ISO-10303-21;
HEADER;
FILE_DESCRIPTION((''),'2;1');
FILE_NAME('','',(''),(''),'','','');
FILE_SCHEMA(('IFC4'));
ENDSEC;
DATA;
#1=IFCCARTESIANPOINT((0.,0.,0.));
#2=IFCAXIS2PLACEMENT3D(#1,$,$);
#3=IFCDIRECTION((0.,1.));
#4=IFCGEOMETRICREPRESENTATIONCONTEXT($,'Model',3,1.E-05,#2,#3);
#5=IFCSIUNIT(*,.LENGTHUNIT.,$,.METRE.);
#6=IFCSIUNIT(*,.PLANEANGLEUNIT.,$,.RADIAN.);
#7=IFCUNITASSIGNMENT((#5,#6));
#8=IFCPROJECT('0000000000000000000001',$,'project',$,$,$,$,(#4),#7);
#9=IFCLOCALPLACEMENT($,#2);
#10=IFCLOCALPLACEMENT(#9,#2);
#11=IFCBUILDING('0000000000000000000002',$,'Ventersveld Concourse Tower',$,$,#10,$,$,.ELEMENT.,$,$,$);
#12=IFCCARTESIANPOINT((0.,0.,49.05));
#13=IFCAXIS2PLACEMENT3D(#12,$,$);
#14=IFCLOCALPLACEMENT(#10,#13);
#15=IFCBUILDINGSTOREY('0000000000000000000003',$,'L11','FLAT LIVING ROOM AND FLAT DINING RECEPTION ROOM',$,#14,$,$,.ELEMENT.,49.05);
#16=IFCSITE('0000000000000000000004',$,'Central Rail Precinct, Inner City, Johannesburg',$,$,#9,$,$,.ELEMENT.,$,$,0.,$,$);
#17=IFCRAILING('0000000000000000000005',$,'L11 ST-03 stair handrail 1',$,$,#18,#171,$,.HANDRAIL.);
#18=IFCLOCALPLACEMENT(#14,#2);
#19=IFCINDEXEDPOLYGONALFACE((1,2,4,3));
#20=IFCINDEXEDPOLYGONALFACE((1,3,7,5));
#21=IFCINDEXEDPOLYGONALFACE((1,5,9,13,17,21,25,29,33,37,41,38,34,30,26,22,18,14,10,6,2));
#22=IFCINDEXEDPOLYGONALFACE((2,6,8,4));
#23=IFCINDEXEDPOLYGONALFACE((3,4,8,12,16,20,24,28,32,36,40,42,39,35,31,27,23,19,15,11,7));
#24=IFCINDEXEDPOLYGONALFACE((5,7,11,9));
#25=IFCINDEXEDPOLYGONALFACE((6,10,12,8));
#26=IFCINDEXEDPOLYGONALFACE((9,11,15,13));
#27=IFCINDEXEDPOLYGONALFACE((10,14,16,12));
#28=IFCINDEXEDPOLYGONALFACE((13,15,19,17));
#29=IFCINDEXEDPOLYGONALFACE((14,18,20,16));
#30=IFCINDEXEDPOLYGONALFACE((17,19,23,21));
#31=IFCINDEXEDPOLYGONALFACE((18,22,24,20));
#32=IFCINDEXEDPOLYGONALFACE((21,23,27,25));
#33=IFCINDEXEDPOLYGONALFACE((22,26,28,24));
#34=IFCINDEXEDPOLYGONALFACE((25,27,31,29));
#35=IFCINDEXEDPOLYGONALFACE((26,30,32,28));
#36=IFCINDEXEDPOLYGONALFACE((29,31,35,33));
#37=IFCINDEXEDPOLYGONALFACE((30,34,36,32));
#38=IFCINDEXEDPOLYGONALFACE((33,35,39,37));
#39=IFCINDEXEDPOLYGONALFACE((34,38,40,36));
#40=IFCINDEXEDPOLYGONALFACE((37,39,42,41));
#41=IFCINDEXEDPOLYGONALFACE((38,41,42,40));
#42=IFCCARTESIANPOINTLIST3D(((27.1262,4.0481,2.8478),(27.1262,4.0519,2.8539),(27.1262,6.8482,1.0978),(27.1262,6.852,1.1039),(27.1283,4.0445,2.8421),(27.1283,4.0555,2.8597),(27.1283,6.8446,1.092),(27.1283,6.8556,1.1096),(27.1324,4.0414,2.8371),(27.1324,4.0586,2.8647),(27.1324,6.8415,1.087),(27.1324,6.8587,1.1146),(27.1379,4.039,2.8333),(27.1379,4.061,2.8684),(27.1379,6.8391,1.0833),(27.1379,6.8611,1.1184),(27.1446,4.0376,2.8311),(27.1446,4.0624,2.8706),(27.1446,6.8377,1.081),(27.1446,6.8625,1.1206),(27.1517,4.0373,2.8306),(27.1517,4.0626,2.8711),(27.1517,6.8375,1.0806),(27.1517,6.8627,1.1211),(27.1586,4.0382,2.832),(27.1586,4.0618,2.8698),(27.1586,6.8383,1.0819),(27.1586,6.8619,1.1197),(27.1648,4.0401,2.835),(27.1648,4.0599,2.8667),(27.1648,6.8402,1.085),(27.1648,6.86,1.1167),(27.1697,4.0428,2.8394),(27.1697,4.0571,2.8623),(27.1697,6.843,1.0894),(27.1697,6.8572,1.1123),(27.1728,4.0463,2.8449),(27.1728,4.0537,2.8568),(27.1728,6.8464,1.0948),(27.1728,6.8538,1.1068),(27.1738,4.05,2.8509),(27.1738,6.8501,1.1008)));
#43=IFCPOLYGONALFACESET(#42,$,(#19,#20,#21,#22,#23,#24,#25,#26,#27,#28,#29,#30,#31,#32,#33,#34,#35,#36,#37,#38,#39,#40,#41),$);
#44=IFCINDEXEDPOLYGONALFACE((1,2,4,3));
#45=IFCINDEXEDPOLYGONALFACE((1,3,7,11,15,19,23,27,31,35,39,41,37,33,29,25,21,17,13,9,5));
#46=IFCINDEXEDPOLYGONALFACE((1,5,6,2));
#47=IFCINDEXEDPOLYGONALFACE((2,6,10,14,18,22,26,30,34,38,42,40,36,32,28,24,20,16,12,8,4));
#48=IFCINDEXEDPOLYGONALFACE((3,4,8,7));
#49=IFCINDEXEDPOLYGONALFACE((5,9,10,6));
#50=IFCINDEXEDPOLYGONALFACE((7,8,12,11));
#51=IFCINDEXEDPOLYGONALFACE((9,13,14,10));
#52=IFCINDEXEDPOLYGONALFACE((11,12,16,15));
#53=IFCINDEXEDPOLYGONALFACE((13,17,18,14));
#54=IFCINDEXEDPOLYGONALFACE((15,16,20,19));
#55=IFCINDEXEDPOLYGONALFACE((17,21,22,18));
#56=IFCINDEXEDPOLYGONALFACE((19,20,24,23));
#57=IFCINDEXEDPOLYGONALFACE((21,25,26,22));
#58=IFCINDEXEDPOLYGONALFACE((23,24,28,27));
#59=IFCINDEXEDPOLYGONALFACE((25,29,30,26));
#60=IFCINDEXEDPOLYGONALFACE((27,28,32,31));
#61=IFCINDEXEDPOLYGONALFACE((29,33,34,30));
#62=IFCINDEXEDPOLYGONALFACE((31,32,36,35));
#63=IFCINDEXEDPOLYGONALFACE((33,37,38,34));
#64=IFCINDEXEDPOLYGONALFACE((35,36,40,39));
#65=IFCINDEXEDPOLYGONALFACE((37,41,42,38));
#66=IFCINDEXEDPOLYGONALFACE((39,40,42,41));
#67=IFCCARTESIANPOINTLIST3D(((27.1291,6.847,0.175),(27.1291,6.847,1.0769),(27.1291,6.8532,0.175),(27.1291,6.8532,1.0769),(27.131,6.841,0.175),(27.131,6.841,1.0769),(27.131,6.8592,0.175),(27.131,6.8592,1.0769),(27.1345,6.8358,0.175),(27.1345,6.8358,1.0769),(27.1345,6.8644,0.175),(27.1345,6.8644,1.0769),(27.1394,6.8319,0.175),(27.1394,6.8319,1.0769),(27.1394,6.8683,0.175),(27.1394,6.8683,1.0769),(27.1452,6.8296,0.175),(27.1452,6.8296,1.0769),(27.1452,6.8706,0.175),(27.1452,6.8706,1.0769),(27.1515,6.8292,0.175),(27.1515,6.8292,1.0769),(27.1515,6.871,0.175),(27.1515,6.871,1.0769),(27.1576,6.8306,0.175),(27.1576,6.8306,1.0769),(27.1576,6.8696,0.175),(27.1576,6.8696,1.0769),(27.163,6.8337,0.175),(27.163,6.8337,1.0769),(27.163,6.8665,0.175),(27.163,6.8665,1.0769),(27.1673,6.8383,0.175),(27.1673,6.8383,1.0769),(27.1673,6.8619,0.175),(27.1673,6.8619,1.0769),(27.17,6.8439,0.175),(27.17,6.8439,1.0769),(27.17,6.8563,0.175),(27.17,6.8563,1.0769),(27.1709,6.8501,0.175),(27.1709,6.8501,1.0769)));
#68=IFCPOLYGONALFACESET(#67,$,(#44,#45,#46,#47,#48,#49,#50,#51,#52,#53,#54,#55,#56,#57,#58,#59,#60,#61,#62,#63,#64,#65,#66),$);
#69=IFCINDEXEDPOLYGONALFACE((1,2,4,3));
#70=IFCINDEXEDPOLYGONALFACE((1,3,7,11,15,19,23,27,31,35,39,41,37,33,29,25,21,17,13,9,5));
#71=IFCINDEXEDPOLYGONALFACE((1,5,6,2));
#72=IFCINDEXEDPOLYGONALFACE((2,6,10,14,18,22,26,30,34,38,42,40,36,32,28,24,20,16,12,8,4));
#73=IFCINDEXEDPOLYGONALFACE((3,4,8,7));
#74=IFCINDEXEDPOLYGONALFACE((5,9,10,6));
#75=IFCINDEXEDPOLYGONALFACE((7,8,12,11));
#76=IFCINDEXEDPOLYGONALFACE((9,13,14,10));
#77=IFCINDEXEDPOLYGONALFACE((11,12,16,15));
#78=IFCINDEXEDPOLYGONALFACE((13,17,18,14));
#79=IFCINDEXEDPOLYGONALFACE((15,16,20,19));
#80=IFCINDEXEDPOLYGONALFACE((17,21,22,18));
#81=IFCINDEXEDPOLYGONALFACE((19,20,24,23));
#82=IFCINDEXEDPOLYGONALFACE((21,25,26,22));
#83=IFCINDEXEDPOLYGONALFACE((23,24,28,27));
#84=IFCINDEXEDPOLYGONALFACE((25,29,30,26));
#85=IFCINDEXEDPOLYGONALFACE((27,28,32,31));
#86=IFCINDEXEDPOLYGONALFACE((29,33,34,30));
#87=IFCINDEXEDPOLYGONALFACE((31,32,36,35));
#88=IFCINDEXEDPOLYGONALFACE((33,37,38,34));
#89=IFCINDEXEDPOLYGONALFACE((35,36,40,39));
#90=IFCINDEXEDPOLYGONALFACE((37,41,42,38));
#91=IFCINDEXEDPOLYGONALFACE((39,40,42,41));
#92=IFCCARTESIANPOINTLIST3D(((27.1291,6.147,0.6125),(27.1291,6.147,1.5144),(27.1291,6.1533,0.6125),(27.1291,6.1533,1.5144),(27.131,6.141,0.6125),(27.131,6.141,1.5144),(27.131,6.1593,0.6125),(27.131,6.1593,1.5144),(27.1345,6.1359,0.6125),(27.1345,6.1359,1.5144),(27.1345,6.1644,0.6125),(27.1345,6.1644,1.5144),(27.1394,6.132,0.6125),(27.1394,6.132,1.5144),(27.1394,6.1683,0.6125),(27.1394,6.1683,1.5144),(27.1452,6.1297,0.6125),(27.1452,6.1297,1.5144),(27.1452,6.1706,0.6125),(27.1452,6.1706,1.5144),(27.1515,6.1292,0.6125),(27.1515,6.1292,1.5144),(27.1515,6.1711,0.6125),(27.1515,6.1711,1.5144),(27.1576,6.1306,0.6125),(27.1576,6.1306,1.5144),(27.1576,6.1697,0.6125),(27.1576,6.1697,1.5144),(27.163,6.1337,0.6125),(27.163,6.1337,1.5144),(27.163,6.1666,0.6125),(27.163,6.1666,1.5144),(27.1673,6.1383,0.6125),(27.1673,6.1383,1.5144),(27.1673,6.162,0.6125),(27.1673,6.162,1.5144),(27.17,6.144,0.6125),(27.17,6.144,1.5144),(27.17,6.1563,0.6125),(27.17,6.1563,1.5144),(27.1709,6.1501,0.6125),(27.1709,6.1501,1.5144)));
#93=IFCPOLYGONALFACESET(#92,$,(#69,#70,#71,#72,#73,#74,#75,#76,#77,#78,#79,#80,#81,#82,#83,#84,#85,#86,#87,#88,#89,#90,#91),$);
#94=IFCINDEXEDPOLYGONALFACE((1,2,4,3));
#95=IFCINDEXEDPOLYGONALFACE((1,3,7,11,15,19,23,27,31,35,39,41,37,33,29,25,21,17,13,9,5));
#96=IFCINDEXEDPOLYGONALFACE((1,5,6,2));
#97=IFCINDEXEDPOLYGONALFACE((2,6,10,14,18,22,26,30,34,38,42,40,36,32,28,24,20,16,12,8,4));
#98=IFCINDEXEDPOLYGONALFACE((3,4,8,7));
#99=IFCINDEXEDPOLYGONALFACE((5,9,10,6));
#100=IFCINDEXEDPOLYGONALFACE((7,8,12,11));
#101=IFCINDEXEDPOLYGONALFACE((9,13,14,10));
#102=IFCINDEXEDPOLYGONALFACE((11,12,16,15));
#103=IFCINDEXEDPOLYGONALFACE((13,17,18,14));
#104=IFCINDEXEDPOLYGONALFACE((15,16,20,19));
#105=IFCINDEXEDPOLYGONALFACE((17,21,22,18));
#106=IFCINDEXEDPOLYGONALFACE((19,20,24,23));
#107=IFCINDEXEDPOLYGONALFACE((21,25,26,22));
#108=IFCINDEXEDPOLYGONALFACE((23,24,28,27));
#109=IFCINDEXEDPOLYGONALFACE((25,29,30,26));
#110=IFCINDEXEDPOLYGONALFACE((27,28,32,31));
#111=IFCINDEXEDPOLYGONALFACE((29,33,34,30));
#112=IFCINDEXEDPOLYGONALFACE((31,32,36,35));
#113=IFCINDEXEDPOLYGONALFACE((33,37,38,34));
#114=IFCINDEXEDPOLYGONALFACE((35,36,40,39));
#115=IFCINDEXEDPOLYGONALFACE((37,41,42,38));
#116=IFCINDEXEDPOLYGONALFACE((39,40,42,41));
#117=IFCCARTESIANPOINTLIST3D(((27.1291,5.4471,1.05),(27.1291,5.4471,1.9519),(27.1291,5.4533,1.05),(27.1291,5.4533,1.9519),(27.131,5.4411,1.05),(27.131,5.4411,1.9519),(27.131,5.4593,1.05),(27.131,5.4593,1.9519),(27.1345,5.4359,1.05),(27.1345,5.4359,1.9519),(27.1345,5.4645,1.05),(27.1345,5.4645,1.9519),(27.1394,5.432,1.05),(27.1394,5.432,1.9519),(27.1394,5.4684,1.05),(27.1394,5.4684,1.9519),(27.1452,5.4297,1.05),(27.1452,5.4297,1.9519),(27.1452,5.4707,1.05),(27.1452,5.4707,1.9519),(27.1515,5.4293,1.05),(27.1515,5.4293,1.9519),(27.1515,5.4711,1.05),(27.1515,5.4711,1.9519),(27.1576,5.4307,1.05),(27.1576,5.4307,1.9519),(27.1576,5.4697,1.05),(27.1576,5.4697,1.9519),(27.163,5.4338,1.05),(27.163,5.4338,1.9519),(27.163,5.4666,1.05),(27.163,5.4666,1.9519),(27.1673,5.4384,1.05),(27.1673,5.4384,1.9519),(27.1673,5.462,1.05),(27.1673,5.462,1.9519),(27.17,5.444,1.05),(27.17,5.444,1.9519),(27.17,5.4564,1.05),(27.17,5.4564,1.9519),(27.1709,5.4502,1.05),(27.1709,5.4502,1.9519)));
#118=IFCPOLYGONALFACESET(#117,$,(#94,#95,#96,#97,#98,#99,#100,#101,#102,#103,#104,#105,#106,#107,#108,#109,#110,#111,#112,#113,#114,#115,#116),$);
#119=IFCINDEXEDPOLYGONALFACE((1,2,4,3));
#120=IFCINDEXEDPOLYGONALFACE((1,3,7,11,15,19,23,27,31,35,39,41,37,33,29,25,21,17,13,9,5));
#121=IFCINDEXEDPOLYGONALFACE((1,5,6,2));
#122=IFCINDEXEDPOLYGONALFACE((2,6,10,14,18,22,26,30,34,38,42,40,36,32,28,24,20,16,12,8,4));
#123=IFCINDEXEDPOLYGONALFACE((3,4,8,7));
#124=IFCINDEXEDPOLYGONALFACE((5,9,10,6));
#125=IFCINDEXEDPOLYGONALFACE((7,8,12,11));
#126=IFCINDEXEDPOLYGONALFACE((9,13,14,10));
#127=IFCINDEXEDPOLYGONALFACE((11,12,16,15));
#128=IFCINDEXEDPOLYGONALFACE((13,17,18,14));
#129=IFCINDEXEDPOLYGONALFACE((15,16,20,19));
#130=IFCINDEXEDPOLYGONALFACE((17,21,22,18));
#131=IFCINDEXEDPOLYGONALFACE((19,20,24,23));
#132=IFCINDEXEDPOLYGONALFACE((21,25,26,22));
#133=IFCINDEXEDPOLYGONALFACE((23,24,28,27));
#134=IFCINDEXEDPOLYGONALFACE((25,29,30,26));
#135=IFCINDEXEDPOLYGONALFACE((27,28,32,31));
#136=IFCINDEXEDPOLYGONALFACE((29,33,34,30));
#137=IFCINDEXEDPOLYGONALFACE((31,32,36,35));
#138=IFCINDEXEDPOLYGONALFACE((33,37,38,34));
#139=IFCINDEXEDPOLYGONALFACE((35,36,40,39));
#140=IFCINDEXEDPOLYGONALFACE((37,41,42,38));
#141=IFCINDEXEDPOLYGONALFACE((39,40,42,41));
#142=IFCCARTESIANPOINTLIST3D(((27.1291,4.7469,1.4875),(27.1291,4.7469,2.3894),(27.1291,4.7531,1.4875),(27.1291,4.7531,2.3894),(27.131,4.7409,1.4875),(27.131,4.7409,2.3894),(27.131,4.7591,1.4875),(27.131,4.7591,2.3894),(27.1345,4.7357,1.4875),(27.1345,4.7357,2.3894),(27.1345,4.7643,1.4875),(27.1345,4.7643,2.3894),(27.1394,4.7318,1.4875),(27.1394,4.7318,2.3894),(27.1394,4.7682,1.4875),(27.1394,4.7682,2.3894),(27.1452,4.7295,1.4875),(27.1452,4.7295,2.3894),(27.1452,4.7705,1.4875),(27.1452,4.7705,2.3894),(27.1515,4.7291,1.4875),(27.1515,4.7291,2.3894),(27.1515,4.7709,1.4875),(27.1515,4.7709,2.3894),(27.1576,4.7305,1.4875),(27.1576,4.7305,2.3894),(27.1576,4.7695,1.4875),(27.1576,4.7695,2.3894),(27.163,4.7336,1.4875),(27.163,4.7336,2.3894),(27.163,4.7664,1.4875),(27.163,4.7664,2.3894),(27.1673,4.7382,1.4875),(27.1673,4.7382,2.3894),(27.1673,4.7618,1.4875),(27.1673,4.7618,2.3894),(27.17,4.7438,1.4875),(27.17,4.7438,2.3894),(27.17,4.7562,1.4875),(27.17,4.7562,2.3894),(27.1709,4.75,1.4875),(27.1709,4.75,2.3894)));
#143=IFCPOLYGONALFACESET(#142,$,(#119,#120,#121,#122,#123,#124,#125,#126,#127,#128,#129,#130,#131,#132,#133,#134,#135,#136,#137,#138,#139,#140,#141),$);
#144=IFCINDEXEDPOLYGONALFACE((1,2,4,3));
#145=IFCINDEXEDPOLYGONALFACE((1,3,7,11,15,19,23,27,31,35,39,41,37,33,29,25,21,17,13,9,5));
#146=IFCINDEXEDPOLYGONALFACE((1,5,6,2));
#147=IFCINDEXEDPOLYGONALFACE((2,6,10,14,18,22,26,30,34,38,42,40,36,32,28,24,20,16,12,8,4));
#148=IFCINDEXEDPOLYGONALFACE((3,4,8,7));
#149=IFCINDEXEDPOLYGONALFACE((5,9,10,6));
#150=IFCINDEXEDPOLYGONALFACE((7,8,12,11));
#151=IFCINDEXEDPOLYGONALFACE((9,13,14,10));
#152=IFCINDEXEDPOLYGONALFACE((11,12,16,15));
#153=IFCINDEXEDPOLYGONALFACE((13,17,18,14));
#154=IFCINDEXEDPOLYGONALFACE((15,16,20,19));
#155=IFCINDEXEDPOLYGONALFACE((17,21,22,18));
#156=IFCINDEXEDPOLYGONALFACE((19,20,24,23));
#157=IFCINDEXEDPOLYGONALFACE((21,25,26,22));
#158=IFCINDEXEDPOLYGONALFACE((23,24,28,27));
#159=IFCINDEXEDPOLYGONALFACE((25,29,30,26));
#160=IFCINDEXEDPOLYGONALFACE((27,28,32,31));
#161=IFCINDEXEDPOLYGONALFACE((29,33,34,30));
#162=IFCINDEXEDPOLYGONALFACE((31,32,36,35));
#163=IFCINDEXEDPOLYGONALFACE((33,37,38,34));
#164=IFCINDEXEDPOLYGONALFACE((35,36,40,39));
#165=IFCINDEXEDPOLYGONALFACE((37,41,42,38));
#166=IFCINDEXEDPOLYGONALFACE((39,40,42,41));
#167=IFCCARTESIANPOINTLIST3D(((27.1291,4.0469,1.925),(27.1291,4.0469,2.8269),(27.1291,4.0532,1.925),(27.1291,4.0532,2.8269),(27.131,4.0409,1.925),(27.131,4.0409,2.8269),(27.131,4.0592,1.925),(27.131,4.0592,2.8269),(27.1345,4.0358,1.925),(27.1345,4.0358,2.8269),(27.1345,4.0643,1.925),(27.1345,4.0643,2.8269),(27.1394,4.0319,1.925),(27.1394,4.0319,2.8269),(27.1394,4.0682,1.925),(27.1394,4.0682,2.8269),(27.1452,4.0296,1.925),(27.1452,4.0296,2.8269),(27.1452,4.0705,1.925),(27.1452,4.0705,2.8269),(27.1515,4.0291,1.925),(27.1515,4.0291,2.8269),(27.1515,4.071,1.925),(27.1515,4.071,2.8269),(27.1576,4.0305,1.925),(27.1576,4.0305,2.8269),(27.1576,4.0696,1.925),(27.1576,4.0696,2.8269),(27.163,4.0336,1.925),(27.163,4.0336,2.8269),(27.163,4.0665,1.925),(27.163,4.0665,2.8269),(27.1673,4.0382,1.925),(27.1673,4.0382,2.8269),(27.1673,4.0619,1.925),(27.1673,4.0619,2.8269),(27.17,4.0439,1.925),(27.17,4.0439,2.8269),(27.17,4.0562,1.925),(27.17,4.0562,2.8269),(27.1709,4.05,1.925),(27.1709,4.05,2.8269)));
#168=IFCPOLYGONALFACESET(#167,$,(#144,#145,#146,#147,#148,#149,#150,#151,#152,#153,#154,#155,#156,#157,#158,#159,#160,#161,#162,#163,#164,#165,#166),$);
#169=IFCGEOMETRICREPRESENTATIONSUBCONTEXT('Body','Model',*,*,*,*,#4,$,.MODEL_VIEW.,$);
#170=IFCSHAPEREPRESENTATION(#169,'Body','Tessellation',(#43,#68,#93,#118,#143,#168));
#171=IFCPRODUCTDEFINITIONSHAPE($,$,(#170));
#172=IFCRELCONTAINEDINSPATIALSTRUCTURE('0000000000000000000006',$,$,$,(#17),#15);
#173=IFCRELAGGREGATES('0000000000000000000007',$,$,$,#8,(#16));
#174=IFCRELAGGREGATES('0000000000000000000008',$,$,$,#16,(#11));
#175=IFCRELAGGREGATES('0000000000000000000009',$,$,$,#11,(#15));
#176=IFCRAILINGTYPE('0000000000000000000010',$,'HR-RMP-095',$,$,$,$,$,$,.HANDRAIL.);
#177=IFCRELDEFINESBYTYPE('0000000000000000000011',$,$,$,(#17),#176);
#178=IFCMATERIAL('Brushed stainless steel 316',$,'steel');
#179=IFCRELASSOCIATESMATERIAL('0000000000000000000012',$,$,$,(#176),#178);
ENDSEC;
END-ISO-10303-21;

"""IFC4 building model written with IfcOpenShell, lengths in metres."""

from ifc_helpers import new_model, si_unit, direction, frame, origin, origin_2d, place, context, subcontext, project, spatial, circle, extrude, material, type_object, element, save


model = new_model("IFC4")

# Units and contexts
model_context = context("Model", 3, precision=1e-05, world=origin(), true_north=direction((0.0, 1.0)))
body_context = subcontext(model_context, "Body", "Model", "MODEL_VIEW")
ifc_project = project(units=[si_unit("LENGTHUNIT", "METRE"), si_unit("PLANEANGLEUNIT", "RADIAN")], contexts=[model_context])

# Site, building, storey
site_placement = place(None, origin())
site = spatial("IfcSite", under=ifc_project, at=site_placement, Name="Central Rail Precinct, Inner City, Johannesburg", CompositionType="ELEMENT", RefElevation=0.0)
building_placement = place(site_placement, origin())
building = spatial("IfcBuilding", under=site, at=building_placement, Name="Ventersveld Concourse Tower", CompositionType="ELEMENT")
storey_placement = place(building_placement, frame((0.0, 0.0, 49.05)))
storey = spatial("IfcBuildingStorey", under=building, at=storey_placement, Name="L11", Description="FLAT LIVING ROOM AND FLAT DINING RECEPTION ROOM", CompositionType="ELEMENT", Elevation=49.05)

# Shared definitions
ifc_material_1 = material(Name="Brushed stainless steel 316", Category="steel")

# Railing
railing_type_1 = type_object("IfcRailingType", Name="HR-RMP-095", PredefinedType="HANDRAIL", material=ifc_material_1)
railing_1_placement = place(storey_placement, frame((27.1499, 6.8501, 0.175)))
element("IfcRailing", 1, at=railing_1_placement, inside=storey, type_object=railing_type_1, Name="L11 ST-03 stair handrail 1", PredefinedType="HANDRAIL", context=body_context, shape_type="SweptSolid", body=[
    extrude(circle(Radius=0.0239, at=origin_2d()), frame((0.0, 0.0, 0.9258), z_axis=(0.0, -0.848002, 0.529992), x_axis=(1.0, 0.0, 0.0)), (0.0, 0.0, 1.0), 3.302),
    extrude(circle(Radius=0.021, at=origin_2d()), origin(), (0.0, 0.0, 1.0), 0.9019),
    extrude(circle(Radius=0.021, at=origin_2d()), frame((0.0, -0.7, 0.4375)), (0.0, 0.0, 1.0), 0.9019),
    extrude(circle(Radius=0.021, at=origin_2d()), frame((0.0, -1.3999, 0.875)), (0.0, 0.0, 1.0), 0.9019),
    extrude(circle(Radius=0.021, at=origin_2d()), frame((0.0, -2.1001, 1.3125)), (0.0, 0.0, 1.0), 0.9019),
    extrude(circle(Radius=0.021, at=origin_2d()), frame((0.0, -2.8, 1.75)), (0.0, 0.0, 1.0), 0.9019),
])

save(model, "model.ifc")
